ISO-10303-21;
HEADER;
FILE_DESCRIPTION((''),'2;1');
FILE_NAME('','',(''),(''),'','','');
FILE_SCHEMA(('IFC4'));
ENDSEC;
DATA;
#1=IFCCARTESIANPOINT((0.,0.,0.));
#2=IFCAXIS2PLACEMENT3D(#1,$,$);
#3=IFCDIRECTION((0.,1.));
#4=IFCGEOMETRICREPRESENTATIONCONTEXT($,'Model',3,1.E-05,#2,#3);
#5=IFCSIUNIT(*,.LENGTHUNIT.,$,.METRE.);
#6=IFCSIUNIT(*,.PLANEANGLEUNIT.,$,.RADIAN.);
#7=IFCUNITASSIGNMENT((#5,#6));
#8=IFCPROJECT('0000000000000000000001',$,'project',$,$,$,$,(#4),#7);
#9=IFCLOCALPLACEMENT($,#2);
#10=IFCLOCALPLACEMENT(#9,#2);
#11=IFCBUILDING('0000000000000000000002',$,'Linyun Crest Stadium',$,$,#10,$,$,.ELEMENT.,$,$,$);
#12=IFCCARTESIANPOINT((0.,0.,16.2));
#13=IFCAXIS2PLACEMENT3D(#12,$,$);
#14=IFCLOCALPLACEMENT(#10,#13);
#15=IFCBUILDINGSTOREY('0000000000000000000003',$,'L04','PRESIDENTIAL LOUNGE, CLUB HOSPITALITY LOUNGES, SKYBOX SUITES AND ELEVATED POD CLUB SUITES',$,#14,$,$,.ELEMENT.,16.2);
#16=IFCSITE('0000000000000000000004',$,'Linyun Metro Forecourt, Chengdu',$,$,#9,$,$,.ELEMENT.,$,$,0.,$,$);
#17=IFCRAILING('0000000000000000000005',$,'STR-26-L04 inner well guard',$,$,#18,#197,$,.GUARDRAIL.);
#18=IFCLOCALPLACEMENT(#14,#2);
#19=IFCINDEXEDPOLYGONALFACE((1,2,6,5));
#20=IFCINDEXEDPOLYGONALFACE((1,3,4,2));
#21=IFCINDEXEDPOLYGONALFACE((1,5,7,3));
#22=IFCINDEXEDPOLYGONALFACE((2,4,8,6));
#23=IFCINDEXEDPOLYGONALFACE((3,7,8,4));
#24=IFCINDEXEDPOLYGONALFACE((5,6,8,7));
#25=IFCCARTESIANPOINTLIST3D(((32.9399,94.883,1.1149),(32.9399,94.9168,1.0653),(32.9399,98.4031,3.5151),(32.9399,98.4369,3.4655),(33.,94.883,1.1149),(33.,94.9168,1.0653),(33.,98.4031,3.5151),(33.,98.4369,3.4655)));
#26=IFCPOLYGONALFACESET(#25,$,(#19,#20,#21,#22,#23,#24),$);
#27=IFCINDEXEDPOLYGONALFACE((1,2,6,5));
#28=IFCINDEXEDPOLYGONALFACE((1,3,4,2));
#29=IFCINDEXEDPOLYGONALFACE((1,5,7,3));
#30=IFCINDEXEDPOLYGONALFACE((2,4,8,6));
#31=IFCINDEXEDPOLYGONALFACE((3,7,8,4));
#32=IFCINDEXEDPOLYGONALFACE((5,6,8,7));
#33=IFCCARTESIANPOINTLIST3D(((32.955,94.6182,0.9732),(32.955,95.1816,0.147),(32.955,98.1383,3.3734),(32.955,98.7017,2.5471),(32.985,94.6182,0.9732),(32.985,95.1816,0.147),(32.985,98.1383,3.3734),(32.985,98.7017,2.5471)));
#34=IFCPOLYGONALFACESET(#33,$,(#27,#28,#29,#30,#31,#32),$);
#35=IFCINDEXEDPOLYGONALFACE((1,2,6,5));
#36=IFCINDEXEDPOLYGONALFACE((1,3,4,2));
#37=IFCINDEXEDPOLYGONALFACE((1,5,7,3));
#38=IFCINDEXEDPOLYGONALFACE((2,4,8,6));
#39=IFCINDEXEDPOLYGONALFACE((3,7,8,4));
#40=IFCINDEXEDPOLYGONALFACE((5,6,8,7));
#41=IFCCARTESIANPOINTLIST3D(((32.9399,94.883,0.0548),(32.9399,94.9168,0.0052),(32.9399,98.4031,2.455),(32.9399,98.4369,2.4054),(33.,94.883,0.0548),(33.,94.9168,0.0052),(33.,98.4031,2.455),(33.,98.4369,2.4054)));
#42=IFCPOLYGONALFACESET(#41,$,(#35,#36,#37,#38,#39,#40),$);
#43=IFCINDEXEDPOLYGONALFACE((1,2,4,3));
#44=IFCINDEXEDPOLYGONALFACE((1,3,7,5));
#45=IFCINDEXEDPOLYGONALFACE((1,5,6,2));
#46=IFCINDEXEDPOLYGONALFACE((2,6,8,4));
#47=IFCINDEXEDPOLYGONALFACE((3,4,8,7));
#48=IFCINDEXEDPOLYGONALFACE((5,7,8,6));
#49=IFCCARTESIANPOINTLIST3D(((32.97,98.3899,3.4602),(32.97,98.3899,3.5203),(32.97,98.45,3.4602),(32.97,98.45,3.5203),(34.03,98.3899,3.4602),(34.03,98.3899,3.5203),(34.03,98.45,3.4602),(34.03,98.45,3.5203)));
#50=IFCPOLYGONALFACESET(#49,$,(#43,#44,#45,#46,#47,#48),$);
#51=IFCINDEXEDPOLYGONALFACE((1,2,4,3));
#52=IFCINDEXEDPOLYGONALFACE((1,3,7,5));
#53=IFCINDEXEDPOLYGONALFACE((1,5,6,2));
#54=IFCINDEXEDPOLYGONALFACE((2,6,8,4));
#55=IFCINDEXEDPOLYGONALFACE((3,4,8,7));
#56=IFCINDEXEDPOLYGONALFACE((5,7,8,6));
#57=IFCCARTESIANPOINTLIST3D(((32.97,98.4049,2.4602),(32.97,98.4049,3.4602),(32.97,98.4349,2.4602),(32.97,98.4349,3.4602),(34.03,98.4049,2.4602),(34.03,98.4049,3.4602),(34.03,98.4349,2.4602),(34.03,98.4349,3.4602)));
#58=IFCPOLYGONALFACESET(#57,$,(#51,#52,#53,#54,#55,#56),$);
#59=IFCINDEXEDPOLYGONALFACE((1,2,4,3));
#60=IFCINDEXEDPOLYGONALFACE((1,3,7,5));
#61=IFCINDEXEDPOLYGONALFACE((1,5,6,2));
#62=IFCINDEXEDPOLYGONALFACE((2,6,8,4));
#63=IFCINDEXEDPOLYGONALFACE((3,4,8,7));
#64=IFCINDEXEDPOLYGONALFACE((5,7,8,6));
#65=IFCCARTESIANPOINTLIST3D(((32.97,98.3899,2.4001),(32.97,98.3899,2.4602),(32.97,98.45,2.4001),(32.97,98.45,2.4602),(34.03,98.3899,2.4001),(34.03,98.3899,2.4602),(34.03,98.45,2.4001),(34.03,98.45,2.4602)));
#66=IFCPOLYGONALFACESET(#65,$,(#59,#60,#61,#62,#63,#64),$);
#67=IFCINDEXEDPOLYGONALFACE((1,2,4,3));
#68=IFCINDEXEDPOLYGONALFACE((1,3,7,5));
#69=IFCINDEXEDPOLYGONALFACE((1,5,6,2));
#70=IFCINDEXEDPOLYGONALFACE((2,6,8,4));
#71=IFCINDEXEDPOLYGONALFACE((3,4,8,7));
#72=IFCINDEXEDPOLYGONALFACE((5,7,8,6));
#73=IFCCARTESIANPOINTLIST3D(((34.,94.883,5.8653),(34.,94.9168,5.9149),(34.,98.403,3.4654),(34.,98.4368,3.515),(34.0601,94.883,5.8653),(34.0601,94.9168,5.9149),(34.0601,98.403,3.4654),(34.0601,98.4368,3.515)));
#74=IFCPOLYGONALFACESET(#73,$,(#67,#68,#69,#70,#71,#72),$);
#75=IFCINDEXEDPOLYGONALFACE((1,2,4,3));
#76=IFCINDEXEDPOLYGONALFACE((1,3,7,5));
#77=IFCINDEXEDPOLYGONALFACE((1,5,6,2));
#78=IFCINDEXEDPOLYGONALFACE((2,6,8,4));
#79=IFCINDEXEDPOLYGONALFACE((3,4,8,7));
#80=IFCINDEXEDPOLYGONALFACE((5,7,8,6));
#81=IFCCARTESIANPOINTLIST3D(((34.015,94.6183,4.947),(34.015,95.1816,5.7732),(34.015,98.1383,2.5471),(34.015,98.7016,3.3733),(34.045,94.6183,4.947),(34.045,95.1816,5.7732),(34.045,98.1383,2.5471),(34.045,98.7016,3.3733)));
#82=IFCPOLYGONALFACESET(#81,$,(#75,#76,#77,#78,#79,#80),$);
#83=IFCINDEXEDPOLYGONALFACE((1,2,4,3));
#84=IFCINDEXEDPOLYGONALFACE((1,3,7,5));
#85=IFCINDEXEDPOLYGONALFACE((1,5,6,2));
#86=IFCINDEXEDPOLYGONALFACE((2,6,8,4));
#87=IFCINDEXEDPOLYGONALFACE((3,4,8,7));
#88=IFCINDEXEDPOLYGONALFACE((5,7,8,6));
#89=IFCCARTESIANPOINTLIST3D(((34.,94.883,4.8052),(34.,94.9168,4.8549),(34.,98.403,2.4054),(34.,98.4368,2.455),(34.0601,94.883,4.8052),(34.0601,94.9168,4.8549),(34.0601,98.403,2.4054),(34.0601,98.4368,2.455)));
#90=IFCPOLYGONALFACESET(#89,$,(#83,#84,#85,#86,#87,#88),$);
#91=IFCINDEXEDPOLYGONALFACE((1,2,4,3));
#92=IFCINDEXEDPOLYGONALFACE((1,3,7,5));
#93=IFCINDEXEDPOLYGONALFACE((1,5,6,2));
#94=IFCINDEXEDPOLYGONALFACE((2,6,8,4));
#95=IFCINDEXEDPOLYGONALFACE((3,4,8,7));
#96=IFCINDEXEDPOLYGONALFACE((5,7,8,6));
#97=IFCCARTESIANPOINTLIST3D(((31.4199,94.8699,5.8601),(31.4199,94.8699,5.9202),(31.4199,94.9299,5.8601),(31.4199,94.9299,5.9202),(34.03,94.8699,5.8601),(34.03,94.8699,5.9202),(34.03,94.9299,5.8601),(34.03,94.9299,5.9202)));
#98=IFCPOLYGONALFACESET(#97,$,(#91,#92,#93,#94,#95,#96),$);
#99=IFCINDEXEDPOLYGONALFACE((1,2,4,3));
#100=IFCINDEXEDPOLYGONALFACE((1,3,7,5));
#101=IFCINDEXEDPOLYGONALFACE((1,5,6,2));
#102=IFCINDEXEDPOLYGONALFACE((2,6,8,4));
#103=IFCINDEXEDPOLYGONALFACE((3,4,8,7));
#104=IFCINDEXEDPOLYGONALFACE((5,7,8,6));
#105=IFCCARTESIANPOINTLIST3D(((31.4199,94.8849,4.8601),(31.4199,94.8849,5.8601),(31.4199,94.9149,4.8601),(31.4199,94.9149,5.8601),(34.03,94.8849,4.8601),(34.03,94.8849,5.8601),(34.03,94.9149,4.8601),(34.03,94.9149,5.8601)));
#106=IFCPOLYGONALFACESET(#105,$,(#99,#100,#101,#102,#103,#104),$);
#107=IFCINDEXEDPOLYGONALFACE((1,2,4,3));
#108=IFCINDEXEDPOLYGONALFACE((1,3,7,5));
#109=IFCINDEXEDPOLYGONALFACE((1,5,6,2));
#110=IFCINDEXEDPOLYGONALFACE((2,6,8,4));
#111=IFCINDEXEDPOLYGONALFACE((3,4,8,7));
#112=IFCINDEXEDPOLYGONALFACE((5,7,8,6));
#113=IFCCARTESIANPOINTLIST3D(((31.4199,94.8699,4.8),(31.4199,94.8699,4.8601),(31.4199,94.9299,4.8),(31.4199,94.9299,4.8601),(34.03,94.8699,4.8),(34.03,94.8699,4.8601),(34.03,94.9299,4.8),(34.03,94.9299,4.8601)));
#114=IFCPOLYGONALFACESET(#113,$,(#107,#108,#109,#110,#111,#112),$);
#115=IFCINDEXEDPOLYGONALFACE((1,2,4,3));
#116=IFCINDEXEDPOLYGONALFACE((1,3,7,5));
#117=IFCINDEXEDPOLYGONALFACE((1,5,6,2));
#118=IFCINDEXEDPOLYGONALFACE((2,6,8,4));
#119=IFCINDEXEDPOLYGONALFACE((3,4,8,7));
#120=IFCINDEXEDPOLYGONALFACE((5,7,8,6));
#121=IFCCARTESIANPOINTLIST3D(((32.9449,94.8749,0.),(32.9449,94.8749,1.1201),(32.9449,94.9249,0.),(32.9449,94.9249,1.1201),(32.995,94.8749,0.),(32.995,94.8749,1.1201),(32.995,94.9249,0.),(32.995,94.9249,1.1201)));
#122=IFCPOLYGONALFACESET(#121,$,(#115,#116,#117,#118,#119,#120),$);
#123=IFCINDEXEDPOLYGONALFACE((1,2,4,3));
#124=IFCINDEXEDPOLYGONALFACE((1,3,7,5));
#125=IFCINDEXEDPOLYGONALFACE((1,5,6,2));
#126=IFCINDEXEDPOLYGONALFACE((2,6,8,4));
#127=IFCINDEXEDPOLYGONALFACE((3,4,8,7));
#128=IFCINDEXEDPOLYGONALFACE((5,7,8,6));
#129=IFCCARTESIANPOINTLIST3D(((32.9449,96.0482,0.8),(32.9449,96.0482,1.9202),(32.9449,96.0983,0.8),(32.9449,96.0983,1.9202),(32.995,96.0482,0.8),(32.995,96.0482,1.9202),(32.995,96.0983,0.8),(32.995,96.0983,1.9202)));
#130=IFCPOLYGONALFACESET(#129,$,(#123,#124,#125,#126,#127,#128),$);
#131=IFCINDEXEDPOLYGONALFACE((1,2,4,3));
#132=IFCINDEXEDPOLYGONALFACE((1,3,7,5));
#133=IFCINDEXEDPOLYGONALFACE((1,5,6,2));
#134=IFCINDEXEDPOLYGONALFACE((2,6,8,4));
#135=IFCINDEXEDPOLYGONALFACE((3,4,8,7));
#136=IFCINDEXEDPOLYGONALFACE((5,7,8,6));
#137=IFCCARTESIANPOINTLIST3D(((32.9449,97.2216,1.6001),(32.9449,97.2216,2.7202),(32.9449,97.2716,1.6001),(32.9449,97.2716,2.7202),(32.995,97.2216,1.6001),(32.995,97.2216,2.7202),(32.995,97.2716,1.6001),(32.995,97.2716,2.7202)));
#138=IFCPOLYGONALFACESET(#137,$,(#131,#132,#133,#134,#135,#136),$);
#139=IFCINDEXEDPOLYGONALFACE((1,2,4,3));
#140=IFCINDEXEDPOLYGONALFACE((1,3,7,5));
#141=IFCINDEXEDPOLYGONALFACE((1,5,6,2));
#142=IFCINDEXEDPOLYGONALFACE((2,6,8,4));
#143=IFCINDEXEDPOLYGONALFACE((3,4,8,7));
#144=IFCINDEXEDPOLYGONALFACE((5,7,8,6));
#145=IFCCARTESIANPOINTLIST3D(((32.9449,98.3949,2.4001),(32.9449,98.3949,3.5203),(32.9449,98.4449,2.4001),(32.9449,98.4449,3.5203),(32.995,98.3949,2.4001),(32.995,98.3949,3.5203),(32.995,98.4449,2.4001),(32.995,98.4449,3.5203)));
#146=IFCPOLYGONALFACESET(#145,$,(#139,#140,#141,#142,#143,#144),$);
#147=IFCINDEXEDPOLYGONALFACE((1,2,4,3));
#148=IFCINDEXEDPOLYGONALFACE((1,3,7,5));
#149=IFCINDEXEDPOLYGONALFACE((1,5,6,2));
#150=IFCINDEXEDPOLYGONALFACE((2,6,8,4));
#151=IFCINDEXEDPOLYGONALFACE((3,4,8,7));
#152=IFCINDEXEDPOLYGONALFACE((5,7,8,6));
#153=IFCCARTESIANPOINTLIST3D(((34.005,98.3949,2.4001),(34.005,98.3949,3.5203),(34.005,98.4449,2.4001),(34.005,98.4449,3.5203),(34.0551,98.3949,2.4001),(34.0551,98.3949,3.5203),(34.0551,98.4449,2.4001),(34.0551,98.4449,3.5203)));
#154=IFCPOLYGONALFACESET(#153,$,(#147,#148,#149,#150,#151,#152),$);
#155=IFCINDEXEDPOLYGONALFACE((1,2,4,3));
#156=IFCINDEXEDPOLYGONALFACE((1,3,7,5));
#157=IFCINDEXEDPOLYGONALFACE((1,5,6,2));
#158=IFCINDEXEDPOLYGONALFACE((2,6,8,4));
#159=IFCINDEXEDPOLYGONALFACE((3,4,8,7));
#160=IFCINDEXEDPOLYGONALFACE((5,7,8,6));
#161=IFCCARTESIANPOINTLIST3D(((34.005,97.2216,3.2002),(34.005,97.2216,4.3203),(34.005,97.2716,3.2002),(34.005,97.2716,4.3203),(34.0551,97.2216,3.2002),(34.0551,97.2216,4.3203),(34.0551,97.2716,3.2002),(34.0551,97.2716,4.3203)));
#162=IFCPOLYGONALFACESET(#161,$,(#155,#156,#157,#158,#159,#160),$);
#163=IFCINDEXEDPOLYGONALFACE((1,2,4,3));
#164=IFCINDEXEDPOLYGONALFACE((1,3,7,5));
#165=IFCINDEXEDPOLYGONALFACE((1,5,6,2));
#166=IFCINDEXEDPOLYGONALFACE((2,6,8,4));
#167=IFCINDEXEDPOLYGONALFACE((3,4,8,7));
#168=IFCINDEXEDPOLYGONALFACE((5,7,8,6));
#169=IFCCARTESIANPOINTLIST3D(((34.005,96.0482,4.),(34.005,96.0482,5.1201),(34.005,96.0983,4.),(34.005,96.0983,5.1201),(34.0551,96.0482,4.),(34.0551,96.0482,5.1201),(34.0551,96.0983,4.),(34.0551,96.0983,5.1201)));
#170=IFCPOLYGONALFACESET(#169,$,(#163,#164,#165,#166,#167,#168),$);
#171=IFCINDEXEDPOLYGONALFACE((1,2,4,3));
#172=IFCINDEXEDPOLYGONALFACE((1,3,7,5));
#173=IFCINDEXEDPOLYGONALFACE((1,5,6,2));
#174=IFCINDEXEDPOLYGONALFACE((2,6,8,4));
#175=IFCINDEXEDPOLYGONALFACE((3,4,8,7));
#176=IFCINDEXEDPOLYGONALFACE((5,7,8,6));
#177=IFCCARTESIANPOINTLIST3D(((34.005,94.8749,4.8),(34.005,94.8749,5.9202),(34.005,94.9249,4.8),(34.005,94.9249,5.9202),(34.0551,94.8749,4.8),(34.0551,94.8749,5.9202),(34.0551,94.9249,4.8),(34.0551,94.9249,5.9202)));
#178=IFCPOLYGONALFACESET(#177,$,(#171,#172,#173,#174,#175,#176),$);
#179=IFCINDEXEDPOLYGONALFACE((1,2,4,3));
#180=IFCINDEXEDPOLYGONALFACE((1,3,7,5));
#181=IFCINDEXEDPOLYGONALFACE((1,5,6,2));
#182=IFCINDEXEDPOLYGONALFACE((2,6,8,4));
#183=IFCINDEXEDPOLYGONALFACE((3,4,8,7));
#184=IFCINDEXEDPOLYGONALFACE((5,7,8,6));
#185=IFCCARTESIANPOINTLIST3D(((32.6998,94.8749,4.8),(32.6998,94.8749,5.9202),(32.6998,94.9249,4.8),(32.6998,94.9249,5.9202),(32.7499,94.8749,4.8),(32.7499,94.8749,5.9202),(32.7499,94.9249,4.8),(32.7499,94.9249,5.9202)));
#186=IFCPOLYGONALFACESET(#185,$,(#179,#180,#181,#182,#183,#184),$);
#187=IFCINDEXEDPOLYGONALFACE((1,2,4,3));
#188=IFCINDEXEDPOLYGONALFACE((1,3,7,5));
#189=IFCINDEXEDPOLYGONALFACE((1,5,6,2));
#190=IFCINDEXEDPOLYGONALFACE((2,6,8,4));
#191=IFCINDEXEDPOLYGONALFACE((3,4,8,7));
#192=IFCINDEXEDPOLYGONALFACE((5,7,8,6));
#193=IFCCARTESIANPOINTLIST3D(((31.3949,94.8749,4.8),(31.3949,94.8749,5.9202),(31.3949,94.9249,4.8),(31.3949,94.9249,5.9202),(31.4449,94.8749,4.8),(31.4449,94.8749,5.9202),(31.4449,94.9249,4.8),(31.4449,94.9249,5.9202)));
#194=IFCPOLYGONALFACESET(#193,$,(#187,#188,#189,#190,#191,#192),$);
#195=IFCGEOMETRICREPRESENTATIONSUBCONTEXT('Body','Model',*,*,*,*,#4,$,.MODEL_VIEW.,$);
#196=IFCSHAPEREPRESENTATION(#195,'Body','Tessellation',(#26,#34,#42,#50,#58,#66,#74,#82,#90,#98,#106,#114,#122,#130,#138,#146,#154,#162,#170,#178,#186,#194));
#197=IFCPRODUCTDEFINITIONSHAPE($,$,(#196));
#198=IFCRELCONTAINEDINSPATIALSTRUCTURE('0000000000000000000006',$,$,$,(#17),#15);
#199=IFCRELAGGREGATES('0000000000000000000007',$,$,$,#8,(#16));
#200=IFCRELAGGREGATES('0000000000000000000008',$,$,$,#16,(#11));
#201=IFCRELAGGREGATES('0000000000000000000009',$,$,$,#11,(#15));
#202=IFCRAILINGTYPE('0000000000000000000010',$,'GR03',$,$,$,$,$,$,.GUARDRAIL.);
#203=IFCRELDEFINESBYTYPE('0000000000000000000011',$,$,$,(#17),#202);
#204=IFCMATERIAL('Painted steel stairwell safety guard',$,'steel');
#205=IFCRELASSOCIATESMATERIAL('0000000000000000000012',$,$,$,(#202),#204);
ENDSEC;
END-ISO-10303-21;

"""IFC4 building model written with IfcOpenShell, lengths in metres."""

from ifc_helpers import new_model, si_unit, direction, frame, origin, origin_2d, place, context, subcontext, project, spatial, rectangle, extrude, material, type_object, element, save


model = new_model("IFC4")

# Units and contexts
model_context = context("Model", 3, precision=1e-05, world=origin(), true_north=direction((0.0, 1.0)))
body_context = subcontext(model_context, "Body", "Model", "MODEL_VIEW")
ifc_project = project(units=[si_unit("LENGTHUNIT", "METRE"), si_unit("PLANEANGLEUNIT", "RADIAN")], contexts=[model_context])

# Site, building, storey
site_placement = place(None, origin())
site = spatial("IfcSite", under=ifc_project, at=site_placement, Name="Linyun Metro Forecourt, Chengdu", CompositionType="ELEMENT", RefElevation=0.0)
building_placement = place(site_placement, origin())
building = spatial("IfcBuilding", under=site, at=building_placement, Name="Linyun Crest Stadium", CompositionType="ELEMENT")
storey_placement = place(building_placement, frame((0.0, 0.0, 16.2)))
storey = spatial("IfcBuildingStorey", under=building, at=storey_placement, Name="L04", Description="PRESIDENTIAL LOUNGE, CLUB HOSPITALITY LOUNGES, SKYBOX SUITES AND ELEVATED POD CLUB SUITES", CompositionType="ELEMENT", Elevation=16.2)

# Railing
ifc_material_1 = material(Name="Painted steel stairwell safety guard", Category="steel")
railing_type_1 = type_object("IfcRailingType", Name="GR03", PredefinedType="GUARDRAIL", material=ifc_material_1)
railing_1_placement = place(storey_placement, frame((32.97, 94.8999, 0.0)))
element("IfcRailing", 1, at=railing_1_placement, inside=storey, type_object=railing_type_1, Name="STR-26-L04 inner well guard", PredefinedType="GUARDRAIL", context=body_context, shape_type="SweptSolid", body=[
    extrude(rectangle(XDim=0.0601, YDim=0.0601, at=origin_2d()), frame((0.0, 0.0, 1.0901), z_axis=(0.0, 0.826213, 0.563358), x_axis=(-1.0, 0.0, 0.0)), (0.0, 0.0, 1.0), 4.2605),
    extrude(rectangle(XDim=0.03, YDim=1.0, at=origin_2d()), frame((0.0, 0.0, 0.5601), z_axis=(0.0, 0.826213, 0.563358), x_axis=(-1.0, 0.0, 0.0)), (0.0, 0.0, 1.0), 4.2605),
    extrude(rectangle(XDim=0.0601, YDim=0.0601, at=origin_2d()), frame((0.0, 0.0, 0.03), z_axis=(0.0, 0.826213, 0.563358), x_axis=(-1.0, 0.0, 0.0)), (0.0, 0.0, 1.0), 4.2605),
    extrude(rectangle(XDim=0.0601, YDim=0.0601, at=origin_2d()), frame((0.0, 3.52, 3.4902), z_axis=(1.0, 0.0, 0.0), x_axis=(0.0, 1.0, 0.0)), (0.0, 0.0, 1.0), 1.0601),
    extrude(rectangle(XDim=0.03, YDim=1.0, at=origin_2d()), frame((0.0, 3.52, 2.9602), z_axis=(1.0, 0.0, 0.0), x_axis=(0.0, 1.0, 0.0)), (0.0, 0.0, 1.0), 1.0601),
    extrude(rectangle(XDim=0.0601, YDim=0.0601, at=origin_2d()), frame((0.0, 3.52, 2.4302), z_axis=(1.0, 0.0, 0.0), x_axis=(0.0, 1.0, 0.0)), (0.0, 0.0, 1.0), 1.0601),
    extrude(rectangle(XDim=0.0601, YDim=0.0601, at=origin_2d()), frame((1.0601, 3.52, 3.4902), z_axis=(0.0, -0.826239, 0.563319), x_axis=(1.0, 0.0, 0.0)), (0.0, 0.0, 1.0), 4.2603),
    extrude(rectangle(XDim=0.03, YDim=1.0, at=origin_2d()), frame((1.0601, 3.52, 2.9602), z_axis=(0.0, -0.826239, 0.563319), x_axis=(1.0, 0.0, 0.0)), (0.0, 0.0, 1.0), 4.2603),
    extrude(rectangle(XDim=0.0601, YDim=0.0601, at=origin_2d()), frame((1.0601, 3.52, 2.4302), z_axis=(0.0, -0.826239, 0.563319), x_axis=(1.0, 0.0, 0.0)), (0.0, 0.0, 1.0), 4.2603),
    extrude(rectangle(XDim=0.0601, YDim=0.0601, at=origin_2d()), frame((1.0601, 0.0, 5.8901), z_axis=(-1.0, 0.0, 0.0), x_axis=(0.0, -1.0, 0.0)), (0.0, 0.0, 1.0), 2.6101),
    extrude(rectangle(XDim=0.03, YDim=1.0, at=origin_2d()), frame((1.0601, 0.0, 5.3601), z_axis=(-1.0, 0.0, 0.0), x_axis=(0.0, -1.0, 0.0)), (0.0, 0.0, 1.0), 2.6101),
    extrude(rectangle(XDim=0.0601, YDim=0.0601, at=origin_2d()), frame((1.0601, 0.0, 4.8301), z_axis=(-1.0, 0.0, 0.0), x_axis=(0.0, -1.0, 0.0)), (0.0, 0.0, 1.0), 2.6101),
    extrude(rectangle(XDim=0.05, YDim=0.05, at=origin_2d()), origin(), (0.0, 0.0, 1.0), 1.1201),
    extrude(rectangle(XDim=0.05, YDim=0.05, at=origin_2d()), frame((0.0, 1.1733, 0.8)), (0.0, 0.0, 1.0), 1.1201),
    extrude(rectangle(XDim=0.05, YDim=0.05, at=origin_2d()), frame((0.0, 2.3467, 1.6001)), (0.0, 0.0, 1.0), 1.1201),
    extrude(rectangle(XDim=0.05, YDim=0.05, at=origin_2d()), frame((0.0, 3.52, 2.4001)), (0.0, 0.0, 1.0), 1.1201),
    extrude(rectangle(XDim=0.05, YDim=0.05, at=origin_2d()), frame((1.0601, 3.52, 2.4001)), (0.0, 0.0, 1.0), 1.1201),
    extrude(rectangle(XDim=0.05, YDim=0.05, at=origin_2d()), frame((1.0601, 2.3467, 3.2002)), (0.0, 0.0, 1.0), 1.1201),
    extrude(rectangle(XDim=0.05, YDim=0.05, at=origin_2d()), frame((1.0601, 1.1733, 4.0)), (0.0, 0.0, 1.0), 1.1201),
    extrude(rectangle(XDim=0.05, YDim=0.05, at=origin_2d()), frame((1.0601, 0.0, 4.8)), (0.0, 0.0, 1.0), 1.1201),
    extrude(rectangle(XDim=0.05, YDim=0.05, at=origin_2d()), frame((-0.2451, 0.0, 4.8)), (0.0, 0.0, 1.0), 1.1201),
    extrude(rectangle(XDim=0.05, YDim=0.05, at=origin_2d()), frame((-1.55, 0.0, 4.8)), (0.0, 0.0, 1.0), 1.1201),
])

save(model, "model.ifc")
